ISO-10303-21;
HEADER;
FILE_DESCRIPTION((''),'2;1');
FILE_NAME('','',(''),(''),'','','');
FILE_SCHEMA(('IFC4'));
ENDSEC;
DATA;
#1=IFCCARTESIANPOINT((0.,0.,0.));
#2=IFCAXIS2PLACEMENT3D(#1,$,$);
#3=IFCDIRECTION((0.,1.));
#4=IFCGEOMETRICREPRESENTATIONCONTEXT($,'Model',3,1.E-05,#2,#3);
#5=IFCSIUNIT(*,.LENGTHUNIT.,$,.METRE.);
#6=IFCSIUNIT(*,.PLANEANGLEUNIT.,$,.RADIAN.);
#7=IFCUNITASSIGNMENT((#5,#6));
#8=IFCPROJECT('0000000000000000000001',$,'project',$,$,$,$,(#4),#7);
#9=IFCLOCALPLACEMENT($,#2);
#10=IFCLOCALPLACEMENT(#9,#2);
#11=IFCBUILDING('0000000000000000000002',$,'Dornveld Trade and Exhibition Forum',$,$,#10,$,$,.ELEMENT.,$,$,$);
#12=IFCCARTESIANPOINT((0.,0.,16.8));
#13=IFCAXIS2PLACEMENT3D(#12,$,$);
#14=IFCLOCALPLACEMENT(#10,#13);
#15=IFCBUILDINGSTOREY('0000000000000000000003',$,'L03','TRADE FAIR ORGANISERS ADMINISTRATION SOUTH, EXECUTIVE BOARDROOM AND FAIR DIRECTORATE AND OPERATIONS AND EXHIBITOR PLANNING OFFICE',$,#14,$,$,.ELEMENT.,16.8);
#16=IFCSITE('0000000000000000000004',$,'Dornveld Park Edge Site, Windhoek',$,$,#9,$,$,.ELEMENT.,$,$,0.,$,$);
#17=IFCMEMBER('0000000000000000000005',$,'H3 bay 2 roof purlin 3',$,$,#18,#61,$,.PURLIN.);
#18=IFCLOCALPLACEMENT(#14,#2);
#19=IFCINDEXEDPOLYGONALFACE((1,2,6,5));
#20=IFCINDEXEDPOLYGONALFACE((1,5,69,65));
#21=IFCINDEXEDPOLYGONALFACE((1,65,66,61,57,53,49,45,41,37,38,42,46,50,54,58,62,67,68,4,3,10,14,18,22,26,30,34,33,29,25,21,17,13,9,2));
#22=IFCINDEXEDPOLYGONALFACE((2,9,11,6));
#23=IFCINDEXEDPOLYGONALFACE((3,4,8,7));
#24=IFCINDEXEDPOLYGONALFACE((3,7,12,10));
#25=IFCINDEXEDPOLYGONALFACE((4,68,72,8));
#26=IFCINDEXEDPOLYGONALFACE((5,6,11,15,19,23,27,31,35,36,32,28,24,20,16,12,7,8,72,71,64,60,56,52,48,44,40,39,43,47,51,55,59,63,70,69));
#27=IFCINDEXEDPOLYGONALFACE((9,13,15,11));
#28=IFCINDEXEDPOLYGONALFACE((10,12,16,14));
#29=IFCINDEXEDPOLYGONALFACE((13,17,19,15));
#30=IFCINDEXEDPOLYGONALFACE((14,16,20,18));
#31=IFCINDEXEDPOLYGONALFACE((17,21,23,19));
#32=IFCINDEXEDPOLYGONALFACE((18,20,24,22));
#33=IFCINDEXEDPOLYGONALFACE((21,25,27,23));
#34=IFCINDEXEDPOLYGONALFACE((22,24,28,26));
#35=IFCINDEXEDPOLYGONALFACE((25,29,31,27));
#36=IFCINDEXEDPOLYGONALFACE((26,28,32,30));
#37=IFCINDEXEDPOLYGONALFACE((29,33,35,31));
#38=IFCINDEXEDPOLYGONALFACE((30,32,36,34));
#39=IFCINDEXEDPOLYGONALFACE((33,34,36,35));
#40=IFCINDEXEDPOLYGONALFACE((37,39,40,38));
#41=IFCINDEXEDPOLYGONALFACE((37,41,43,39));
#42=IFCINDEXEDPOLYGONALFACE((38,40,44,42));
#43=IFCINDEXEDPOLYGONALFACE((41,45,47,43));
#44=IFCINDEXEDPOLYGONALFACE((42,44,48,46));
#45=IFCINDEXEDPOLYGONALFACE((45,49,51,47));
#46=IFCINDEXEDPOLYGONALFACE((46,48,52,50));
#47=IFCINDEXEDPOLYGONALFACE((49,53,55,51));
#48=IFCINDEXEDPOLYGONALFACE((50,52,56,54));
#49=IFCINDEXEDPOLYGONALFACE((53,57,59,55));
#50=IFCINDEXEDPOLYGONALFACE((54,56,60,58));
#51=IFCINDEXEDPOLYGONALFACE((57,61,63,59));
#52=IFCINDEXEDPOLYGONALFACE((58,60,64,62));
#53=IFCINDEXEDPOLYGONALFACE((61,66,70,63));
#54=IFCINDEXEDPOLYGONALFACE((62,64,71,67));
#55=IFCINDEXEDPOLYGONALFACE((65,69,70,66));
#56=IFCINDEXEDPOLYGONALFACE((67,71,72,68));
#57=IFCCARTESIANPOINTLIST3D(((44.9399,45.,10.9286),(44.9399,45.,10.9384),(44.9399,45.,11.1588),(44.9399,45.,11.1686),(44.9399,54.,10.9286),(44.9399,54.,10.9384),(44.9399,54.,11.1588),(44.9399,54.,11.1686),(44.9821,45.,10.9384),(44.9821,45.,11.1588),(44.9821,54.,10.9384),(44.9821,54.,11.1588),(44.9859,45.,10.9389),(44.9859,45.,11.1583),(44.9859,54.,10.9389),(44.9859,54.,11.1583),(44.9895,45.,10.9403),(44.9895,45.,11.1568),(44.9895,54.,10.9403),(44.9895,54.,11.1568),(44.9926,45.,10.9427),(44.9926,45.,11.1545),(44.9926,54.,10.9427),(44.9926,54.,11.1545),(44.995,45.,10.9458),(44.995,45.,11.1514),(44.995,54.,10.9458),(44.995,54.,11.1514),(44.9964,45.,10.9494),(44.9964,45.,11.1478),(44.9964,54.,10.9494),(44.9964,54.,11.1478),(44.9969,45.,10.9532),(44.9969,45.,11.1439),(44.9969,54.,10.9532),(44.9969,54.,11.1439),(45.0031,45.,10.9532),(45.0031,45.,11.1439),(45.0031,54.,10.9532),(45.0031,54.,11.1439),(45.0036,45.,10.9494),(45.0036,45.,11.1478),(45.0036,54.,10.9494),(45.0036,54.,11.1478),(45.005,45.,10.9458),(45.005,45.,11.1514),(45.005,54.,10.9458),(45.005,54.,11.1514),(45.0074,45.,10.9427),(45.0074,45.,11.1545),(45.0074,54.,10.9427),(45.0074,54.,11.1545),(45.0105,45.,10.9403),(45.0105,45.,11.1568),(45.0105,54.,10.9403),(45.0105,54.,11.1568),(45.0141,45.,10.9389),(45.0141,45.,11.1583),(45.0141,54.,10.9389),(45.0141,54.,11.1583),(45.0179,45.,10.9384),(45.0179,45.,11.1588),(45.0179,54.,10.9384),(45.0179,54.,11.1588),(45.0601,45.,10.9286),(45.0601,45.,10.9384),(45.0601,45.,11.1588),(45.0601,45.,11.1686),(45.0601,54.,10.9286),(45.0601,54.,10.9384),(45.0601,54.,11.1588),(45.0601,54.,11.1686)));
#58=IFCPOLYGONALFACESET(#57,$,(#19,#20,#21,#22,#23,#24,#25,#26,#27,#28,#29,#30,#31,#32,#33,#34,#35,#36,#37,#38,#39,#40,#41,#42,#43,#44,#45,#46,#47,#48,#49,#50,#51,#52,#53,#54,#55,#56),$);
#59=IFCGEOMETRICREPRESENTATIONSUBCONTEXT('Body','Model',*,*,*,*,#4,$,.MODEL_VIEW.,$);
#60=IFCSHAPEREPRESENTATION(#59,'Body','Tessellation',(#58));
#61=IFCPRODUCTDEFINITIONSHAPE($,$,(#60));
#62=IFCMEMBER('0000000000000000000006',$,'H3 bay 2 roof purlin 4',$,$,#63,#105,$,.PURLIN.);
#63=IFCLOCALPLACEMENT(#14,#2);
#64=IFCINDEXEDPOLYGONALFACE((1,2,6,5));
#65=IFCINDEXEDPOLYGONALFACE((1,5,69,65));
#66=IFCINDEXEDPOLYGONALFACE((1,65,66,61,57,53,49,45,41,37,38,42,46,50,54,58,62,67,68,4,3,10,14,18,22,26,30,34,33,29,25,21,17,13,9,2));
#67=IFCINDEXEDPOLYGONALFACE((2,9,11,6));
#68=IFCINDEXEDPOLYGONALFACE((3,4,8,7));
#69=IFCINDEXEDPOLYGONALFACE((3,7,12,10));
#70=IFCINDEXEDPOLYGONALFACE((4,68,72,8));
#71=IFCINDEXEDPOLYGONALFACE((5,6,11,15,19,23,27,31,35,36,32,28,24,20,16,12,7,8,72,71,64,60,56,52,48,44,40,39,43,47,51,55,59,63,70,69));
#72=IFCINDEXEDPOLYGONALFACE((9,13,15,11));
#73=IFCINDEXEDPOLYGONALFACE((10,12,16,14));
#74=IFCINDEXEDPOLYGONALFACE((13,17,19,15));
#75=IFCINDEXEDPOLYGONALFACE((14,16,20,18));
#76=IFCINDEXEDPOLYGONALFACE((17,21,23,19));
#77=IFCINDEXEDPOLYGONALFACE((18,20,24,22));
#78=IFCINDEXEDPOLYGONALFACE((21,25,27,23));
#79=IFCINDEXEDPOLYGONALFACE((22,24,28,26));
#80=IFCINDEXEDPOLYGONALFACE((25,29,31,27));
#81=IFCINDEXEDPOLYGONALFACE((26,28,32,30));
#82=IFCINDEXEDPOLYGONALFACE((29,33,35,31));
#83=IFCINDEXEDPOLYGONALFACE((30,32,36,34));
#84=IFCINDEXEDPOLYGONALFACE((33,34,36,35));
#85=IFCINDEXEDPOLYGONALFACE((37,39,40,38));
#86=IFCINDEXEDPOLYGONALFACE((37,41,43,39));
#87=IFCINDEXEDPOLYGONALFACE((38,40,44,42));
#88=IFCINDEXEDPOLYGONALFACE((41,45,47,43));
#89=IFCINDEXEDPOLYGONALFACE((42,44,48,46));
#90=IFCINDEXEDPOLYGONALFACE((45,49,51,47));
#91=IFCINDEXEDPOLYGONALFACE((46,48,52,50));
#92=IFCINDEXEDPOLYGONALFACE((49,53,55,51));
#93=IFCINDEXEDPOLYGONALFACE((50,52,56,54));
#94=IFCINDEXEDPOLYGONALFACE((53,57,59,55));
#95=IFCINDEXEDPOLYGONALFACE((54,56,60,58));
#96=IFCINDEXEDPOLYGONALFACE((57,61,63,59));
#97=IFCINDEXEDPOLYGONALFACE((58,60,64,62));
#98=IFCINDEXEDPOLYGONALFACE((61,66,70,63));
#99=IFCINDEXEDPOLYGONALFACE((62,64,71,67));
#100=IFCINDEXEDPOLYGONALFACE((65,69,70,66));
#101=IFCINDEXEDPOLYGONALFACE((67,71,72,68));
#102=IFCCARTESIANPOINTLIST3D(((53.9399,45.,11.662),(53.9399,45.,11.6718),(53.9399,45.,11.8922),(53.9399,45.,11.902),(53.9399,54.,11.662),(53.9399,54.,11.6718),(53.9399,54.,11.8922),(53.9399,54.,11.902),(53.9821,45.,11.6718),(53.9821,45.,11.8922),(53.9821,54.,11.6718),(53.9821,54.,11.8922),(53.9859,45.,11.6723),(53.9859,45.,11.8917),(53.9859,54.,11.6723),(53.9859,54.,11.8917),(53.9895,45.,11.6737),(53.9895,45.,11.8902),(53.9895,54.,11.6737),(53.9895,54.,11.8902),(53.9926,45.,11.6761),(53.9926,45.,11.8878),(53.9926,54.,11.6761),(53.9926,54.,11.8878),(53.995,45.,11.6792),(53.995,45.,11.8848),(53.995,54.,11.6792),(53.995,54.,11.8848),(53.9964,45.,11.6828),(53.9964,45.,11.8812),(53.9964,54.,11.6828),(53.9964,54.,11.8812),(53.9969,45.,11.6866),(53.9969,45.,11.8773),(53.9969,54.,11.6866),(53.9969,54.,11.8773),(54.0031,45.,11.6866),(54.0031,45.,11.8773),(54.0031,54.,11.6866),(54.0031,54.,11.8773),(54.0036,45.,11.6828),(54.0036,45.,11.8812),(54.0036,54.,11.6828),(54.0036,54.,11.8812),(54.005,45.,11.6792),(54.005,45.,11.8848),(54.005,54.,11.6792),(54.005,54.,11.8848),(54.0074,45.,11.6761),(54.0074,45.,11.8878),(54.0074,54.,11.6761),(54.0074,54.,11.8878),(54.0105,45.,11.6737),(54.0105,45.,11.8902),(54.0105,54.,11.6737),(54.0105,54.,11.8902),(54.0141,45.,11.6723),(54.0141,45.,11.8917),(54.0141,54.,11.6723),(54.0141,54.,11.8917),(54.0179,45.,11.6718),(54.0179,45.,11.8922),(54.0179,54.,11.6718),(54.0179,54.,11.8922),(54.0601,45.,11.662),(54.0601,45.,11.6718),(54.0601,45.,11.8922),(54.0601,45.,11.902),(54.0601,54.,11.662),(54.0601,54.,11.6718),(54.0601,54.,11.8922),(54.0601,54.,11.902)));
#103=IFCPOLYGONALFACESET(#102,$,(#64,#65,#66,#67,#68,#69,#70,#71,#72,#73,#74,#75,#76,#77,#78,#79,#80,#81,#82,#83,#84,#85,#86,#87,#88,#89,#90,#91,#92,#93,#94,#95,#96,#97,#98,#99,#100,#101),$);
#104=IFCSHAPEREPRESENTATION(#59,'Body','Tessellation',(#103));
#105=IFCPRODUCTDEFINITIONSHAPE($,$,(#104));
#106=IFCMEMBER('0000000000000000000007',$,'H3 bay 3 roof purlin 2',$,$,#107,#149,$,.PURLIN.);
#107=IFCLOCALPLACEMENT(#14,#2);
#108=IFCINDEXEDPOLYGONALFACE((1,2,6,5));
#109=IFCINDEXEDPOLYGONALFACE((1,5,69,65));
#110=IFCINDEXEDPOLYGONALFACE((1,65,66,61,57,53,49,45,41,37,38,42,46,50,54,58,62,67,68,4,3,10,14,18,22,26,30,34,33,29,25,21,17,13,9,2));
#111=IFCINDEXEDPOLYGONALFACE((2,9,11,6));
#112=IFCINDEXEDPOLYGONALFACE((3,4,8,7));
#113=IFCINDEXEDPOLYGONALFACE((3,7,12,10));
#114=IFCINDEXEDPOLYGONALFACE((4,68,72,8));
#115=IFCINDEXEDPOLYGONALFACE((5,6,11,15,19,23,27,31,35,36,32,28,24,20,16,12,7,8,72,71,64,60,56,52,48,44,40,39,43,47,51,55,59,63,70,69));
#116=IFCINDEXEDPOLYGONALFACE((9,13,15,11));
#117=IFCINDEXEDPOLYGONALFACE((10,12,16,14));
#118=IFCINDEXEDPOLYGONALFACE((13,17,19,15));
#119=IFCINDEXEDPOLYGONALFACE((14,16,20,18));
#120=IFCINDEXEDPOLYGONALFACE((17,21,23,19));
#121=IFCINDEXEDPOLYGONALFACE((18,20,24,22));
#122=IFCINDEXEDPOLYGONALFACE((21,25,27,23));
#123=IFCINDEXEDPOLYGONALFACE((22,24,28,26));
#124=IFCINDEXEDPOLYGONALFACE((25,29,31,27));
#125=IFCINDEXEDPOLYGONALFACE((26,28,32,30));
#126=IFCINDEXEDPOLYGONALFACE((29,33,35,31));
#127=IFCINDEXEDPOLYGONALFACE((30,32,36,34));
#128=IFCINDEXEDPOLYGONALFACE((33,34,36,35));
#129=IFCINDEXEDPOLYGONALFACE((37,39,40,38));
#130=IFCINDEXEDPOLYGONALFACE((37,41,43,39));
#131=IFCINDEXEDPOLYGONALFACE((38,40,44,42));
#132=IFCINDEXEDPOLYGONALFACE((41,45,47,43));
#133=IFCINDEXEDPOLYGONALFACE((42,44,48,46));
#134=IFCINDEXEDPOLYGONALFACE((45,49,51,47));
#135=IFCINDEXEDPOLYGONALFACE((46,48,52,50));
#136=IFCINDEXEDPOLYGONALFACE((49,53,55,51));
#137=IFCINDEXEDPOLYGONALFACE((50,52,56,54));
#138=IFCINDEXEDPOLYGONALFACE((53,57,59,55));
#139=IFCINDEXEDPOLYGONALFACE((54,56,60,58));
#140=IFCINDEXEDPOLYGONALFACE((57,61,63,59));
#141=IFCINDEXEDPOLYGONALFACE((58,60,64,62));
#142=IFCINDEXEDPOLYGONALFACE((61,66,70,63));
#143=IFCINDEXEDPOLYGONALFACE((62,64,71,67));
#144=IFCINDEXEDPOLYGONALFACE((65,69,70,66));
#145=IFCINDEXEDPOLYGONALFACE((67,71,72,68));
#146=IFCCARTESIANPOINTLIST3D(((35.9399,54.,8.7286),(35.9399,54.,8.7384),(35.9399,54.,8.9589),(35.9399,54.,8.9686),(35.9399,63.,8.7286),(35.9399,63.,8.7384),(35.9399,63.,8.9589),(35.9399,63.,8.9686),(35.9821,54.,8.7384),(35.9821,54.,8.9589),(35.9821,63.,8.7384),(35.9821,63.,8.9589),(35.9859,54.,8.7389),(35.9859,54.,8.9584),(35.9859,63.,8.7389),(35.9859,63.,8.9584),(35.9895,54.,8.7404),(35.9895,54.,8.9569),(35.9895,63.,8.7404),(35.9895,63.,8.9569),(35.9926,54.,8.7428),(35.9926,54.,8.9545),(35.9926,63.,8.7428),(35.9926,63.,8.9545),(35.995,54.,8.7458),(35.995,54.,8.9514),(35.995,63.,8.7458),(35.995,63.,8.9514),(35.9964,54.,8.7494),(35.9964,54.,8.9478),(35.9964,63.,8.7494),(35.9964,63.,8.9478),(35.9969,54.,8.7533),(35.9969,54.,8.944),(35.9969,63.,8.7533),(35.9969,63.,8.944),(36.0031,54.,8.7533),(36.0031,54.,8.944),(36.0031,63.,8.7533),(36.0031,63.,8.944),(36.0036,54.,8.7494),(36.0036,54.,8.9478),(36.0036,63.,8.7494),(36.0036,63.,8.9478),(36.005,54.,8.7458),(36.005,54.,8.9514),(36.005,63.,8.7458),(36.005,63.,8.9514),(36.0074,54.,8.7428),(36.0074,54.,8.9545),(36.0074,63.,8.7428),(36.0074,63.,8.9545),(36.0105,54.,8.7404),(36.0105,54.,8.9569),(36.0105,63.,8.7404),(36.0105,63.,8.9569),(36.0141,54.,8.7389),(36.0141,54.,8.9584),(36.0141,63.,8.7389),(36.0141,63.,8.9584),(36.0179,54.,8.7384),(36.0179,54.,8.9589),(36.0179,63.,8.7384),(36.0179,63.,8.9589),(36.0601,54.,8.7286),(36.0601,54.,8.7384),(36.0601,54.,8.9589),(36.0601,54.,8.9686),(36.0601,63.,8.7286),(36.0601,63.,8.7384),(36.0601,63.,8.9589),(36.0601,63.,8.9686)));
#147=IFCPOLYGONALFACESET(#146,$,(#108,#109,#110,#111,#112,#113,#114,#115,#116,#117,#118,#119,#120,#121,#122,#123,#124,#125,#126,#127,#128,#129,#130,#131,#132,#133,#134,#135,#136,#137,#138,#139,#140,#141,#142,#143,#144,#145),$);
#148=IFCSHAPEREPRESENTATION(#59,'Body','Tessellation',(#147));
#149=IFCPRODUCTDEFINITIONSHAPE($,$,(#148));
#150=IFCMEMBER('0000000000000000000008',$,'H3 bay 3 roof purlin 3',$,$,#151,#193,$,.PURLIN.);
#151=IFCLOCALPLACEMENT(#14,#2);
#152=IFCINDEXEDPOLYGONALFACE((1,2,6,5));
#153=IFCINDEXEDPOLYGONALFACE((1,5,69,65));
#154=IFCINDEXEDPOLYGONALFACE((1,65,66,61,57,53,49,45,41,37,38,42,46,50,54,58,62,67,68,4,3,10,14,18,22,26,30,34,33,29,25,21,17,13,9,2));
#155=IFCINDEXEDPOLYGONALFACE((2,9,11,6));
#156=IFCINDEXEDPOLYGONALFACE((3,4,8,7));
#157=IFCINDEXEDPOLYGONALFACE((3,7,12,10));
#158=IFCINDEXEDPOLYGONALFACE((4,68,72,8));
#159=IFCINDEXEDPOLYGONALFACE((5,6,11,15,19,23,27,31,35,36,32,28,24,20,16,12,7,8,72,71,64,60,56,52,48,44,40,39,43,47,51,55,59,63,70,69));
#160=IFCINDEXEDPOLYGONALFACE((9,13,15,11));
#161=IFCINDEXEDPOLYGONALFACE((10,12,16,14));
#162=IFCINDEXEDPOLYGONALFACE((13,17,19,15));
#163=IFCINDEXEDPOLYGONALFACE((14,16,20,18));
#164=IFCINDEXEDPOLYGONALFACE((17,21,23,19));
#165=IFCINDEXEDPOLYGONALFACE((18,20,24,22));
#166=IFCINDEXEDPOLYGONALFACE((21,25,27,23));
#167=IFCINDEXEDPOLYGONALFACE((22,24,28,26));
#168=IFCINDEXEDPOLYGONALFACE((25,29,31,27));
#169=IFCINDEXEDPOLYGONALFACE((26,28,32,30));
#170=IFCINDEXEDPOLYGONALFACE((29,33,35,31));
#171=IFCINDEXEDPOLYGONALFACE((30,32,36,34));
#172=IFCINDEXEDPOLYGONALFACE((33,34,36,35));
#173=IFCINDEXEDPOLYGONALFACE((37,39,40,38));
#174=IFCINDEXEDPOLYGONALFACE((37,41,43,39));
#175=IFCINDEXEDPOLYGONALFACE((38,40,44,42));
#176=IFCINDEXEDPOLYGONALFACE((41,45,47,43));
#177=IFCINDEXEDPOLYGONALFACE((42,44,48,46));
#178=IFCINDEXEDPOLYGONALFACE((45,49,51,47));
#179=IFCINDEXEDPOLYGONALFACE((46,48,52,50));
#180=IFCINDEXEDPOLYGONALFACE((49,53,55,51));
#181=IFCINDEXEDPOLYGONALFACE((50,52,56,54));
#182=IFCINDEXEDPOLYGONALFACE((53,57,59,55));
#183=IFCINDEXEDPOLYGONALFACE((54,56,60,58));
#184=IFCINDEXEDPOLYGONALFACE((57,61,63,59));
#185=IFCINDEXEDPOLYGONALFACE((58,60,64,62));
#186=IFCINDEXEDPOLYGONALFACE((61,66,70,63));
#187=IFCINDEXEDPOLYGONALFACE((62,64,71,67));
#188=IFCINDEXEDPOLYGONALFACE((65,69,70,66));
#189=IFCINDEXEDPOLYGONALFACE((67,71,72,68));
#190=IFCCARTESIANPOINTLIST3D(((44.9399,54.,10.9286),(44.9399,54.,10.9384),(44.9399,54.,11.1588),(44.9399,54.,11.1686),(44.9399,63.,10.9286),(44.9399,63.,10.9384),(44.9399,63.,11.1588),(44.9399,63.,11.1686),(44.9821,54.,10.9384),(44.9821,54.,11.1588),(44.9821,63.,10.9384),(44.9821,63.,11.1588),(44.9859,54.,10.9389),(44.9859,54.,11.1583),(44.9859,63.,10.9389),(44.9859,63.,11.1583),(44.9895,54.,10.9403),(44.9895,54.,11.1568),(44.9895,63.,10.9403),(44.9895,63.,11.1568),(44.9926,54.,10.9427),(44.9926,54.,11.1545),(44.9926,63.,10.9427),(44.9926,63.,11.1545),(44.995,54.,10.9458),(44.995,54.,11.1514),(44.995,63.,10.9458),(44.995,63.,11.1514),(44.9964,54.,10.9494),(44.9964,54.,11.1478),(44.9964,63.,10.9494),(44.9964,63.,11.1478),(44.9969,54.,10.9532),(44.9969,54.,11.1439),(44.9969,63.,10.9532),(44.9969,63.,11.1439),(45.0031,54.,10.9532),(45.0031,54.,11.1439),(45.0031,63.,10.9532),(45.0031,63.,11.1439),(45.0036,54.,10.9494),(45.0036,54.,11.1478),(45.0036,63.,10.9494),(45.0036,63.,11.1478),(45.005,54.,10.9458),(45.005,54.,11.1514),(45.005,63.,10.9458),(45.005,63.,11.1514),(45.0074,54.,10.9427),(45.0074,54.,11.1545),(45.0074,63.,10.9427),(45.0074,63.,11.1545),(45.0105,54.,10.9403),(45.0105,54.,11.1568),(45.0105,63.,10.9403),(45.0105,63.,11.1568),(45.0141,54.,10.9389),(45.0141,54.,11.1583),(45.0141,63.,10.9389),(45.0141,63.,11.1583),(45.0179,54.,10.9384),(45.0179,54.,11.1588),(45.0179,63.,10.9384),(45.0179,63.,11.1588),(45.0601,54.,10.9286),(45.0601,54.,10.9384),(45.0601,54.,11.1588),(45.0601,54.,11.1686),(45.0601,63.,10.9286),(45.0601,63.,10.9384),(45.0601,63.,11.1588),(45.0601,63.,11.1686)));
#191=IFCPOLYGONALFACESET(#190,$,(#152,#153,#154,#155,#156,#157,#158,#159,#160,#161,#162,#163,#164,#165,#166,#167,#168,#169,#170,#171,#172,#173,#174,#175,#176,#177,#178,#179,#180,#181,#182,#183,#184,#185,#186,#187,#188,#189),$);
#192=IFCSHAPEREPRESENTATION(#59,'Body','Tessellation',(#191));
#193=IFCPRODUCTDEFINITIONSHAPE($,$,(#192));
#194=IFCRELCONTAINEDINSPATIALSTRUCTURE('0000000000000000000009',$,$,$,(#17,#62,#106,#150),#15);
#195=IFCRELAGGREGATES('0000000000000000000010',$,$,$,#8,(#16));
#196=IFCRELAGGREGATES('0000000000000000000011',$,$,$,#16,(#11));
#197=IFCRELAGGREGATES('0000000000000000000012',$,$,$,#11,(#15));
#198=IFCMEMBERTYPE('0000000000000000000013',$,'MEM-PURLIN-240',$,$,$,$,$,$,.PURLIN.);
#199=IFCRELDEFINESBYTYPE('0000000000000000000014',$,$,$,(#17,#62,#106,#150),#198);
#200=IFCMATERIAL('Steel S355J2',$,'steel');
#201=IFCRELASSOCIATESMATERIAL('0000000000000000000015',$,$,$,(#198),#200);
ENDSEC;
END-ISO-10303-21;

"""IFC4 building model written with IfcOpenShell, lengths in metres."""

from ifc_helpers import new_model, si_unit, direction, frame, origin, origin_2d, place, context, subcontext, project, spatial, i_section, extrude, material, material_profile, profile_set, type_object, element, save


model = new_model("IFC4")

# Units and contexts
model_context = context("Model", 3, precision=1e-05, world=origin(), true_north=direction((0.0, 1.0)))
body_context = subcontext(model_context, "Body", "Model", "MODEL_VIEW")
ifc_project = project(units=[si_unit("LENGTHUNIT", "METRE"), si_unit("PLANEANGLEUNIT", "RADIAN")], contexts=[model_context])

# Site, building, storey
site_placement = place(None, origin())
site = spatial("IfcSite", under=ifc_project, at=site_placement, Name="Dornveld Park Edge Site, Windhoek", CompositionType="ELEMENT", RefElevation=0.0)
building_placement = place(site_placement, origin())
building = spatial("IfcBuilding", under=site, at=building_placement, Name="Dornveld Trade and Exhibition Forum", CompositionType="ELEMENT")
storey_placement = place(building_placement, frame((0.0, 0.0, 16.8)))
storey = spatial("IfcBuildingStorey", under=building, at=storey_placement, Name="L03", Description="TRADE FAIR ORGANISERS ADMINISTRATION SOUTH, EXECUTIVE BOARDROOM AND FAIR DIRECTORATE AND OPERATIONS AND EXHIBITOR PLANNING OFFICE", CompositionType="ELEMENT", Elevation=16.8)

# Members
ifc_material_1 = material(Name="Steel S355J2", Category="steel")
ifc_material_profile_1 = material_profile(ifc_material_1, i_section(OverallWidth=0.1201, OverallDepth=0.24, WebThickness=0.0061, FlangeThickness=0.0098, FilletRadius=0.0149, at=origin_2d()), Name="IPE 240")
ifc_profile_set_1 = profile_set([ifc_material_profile_1], Name="Steel S355J2")
member_type_1 = type_object("IfcMemberType", Name="MEM-PURLIN-240", PredefinedType="PURLIN", material=ifc_profile_set_1)
for number, where, z_axis, x_axis, name in (
    (1, (45.0, 45.0, 11.0486), (0.0, 1.0, 0.0), (-1.0, 0.0, 0.0), "H3 bay 2 roof purlin 3"),
    (2, (54.0, 45.0, 11.782), (0.0, 1.0, 0.0), (-1.0, 0.0, 0.0), "H3 bay 2 roof purlin 4"),
    (3, (36.0, 54.0, 8.8486), (0.0, 1.0, 0.0), (-1.0, 0.0, 0.0), "H3 bay 3 roof purlin 2"),
    (4, (45.0, 54.0, 11.0486), (0.0, 1.0, 0.0), (-1.0, 0.0, 0.0), "H3 bay 3 roof purlin 3"),
):
    element("IfcMember", number, at=place(storey_placement, frame(where, z_axis=z_axis, x_axis=x_axis)), inside=storey, type_object=member_type_1, Name=name, PredefinedType="PURLIN", context=body_context, shape_type="SweptSolid", body=[
        extrude(i_section(OverallWidth=0.1201, OverallDepth=0.24, WebThickness=0.0061, FlangeThickness=0.0098, FilletRadius=0.0149, at=origin_2d()), origin(), (0.0, 0.0, 1.0), 9.0),
    ])

save(model, "model.ifc")
